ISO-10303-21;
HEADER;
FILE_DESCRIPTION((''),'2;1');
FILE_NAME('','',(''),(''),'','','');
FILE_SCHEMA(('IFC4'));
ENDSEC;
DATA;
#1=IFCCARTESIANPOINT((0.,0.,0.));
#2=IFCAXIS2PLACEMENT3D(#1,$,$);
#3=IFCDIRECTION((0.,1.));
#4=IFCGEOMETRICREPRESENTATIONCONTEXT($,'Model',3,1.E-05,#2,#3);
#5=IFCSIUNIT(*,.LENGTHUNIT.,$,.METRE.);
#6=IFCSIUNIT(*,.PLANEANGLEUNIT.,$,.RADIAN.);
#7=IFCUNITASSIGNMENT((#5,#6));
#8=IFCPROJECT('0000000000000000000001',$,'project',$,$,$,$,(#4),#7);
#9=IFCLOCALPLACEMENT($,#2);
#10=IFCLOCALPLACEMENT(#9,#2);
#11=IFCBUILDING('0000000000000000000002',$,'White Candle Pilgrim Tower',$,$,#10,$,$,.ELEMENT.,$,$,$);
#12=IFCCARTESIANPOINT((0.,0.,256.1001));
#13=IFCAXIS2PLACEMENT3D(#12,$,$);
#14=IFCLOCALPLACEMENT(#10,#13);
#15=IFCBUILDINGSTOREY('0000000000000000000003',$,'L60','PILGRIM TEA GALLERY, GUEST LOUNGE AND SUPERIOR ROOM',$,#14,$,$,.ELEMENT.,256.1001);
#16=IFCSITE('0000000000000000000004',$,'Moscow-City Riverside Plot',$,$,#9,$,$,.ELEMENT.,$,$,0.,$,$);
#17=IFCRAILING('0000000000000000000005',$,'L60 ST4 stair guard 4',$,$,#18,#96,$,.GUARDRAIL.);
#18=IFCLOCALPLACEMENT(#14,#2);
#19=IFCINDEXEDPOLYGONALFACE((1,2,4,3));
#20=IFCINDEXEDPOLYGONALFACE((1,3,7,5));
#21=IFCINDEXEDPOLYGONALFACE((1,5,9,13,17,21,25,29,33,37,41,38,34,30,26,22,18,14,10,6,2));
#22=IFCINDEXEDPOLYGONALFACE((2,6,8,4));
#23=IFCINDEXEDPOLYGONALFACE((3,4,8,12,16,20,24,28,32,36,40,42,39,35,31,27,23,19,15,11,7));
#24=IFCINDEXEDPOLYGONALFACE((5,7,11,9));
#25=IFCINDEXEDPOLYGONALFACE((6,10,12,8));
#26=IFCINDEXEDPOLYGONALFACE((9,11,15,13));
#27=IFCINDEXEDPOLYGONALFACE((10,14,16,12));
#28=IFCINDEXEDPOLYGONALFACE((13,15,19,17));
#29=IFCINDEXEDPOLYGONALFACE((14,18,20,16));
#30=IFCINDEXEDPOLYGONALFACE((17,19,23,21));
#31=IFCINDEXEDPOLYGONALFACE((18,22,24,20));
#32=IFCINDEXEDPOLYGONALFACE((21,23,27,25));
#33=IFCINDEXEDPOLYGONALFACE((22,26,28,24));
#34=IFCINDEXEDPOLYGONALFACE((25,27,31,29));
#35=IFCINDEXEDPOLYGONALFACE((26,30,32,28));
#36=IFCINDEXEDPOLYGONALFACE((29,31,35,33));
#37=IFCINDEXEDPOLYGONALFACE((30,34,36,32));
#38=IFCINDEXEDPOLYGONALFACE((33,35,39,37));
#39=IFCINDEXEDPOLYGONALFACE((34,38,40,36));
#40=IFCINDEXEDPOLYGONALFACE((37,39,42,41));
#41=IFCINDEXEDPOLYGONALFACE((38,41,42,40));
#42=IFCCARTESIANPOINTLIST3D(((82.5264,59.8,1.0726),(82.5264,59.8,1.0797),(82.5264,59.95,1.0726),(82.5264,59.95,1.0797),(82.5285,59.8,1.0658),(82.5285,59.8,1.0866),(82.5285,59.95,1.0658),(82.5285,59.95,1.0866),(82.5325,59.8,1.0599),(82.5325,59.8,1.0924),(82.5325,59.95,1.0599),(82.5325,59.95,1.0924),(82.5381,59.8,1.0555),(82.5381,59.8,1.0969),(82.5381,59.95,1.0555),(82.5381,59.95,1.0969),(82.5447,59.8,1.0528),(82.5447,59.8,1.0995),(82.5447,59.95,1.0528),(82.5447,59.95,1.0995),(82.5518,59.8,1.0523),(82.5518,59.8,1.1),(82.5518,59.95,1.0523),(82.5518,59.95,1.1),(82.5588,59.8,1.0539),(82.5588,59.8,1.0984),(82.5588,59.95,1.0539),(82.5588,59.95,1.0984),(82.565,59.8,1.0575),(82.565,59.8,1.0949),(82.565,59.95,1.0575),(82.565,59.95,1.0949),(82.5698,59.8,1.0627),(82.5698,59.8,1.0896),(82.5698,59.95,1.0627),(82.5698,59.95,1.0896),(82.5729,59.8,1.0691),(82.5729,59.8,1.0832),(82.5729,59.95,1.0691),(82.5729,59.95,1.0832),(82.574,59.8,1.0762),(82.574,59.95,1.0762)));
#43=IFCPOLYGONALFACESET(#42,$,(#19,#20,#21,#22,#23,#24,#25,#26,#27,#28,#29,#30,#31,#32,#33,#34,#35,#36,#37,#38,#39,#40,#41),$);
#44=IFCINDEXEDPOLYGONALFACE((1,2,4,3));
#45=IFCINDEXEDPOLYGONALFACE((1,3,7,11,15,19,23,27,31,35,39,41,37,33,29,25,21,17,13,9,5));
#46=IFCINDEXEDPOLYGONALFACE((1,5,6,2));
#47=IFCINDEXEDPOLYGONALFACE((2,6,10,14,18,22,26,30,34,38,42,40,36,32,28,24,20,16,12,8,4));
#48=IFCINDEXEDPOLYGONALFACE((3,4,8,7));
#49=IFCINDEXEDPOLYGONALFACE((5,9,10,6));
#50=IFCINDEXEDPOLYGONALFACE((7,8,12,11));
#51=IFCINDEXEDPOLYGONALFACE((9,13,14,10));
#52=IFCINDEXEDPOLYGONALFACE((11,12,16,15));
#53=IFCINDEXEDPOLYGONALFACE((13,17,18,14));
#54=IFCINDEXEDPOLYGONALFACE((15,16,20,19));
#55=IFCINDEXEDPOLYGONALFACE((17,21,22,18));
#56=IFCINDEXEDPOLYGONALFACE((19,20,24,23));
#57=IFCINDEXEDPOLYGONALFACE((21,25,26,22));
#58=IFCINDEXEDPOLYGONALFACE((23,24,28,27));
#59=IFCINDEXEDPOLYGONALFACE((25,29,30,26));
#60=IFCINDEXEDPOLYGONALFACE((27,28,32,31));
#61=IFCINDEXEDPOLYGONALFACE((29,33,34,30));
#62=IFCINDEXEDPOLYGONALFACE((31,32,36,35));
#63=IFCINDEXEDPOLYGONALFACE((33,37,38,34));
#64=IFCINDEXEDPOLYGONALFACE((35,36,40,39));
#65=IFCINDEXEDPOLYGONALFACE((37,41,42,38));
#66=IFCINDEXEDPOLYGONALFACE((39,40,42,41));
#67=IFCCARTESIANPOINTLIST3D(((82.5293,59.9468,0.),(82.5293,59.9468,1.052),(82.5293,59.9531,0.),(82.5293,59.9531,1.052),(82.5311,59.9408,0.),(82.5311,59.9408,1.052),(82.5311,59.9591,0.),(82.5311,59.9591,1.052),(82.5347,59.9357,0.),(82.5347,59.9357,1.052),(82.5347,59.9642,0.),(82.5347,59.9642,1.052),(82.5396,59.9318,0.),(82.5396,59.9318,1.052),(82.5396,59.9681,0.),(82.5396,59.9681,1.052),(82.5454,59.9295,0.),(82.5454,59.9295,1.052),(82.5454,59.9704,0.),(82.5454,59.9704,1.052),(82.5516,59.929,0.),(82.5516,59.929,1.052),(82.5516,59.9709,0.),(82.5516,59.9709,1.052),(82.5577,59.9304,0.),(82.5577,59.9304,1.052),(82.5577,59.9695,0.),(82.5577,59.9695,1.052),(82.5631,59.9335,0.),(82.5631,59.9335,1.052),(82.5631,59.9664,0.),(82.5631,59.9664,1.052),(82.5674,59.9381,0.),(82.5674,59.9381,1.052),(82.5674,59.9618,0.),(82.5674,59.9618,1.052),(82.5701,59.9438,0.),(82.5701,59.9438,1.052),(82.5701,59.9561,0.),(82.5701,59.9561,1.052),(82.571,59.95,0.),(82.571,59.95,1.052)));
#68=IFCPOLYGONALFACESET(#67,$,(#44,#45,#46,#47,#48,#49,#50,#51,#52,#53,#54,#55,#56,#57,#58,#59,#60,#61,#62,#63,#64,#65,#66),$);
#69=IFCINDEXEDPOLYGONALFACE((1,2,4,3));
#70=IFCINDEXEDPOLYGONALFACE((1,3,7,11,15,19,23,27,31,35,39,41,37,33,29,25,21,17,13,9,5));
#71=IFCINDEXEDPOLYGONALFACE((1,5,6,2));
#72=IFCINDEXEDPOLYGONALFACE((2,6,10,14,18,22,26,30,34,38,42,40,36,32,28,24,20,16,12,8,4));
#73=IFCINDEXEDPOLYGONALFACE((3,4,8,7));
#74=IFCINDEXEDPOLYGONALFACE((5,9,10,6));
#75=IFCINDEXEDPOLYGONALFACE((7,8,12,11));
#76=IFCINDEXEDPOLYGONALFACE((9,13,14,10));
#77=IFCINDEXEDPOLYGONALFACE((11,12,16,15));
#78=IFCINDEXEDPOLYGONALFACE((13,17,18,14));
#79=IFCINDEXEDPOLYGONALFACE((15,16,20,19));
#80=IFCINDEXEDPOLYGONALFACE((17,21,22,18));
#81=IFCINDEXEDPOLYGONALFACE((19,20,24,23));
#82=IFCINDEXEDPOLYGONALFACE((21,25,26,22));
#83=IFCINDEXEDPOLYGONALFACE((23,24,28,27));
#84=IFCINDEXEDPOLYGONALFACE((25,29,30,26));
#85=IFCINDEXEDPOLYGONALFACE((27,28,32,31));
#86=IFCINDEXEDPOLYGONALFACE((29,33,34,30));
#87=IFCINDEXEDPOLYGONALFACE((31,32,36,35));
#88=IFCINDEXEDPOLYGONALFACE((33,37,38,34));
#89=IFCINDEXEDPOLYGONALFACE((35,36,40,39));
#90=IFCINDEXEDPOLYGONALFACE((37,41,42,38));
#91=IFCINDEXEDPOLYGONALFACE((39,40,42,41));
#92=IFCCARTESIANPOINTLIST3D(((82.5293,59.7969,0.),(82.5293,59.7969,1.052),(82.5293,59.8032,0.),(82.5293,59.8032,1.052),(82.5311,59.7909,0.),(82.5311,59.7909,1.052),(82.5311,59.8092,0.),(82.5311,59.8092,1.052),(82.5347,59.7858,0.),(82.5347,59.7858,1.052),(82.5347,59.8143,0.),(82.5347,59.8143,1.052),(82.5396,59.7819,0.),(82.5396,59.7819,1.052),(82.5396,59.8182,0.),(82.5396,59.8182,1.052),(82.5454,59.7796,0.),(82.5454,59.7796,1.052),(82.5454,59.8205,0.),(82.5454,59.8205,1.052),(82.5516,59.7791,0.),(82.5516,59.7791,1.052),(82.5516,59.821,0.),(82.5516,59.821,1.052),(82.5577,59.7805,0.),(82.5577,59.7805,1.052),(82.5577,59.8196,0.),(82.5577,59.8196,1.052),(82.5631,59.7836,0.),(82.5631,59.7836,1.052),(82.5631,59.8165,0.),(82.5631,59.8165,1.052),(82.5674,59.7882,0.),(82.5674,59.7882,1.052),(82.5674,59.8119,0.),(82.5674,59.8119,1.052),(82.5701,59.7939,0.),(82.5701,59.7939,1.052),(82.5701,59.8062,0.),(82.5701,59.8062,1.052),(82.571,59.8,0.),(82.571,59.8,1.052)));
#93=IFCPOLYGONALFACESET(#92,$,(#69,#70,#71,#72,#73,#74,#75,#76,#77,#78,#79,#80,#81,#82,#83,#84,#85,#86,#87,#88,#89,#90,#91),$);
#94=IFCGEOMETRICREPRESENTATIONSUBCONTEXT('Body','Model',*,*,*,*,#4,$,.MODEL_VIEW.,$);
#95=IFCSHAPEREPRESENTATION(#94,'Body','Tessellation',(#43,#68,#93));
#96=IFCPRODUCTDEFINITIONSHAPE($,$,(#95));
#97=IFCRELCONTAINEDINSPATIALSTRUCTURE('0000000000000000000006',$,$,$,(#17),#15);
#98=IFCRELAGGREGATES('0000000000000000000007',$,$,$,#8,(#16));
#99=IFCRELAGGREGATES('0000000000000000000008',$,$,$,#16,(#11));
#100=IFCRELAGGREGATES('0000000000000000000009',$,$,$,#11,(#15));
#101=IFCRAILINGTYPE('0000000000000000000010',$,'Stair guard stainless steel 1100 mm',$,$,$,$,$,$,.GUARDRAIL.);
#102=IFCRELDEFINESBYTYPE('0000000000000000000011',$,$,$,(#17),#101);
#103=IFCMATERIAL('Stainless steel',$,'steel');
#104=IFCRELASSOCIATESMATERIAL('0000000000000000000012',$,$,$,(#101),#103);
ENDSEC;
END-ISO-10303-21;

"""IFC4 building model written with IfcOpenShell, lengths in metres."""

from ifc_helpers import new_model, si_unit, direction, frame, origin, origin_2d, place, context, subcontext, project, spatial, circle, extrude, material, type_object, element, save


model = new_model("IFC4")

# Units and contexts
model_context = context("Model", 3, precision=1e-05, world=origin(), true_north=direction((0.0, 1.0)))
body_context = subcontext(model_context, "Body", "Model", "MODEL_VIEW")
ifc_project = project(units=[si_unit("LENGTHUNIT", "METRE"), si_unit("PLANEANGLEUNIT", "RADIAN")], contexts=[model_context])

# Site, building, storey
site_placement = place(None, origin())
site = spatial("IfcSite", under=ifc_project, at=site_placement, Name="Moscow-City Riverside Plot", CompositionType="ELEMENT", RefElevation=0.0)
building_placement = place(site_placement, origin())
building = spatial("IfcBuilding", under=site, at=building_placement, Name="White Candle Pilgrim Tower", CompositionType="ELEMENT")
storey_placement = place(building_placement, frame((0.0, 0.0, 256.1001)))
storey = spatial("IfcBuildingStorey", under=building, at=storey_placement, Name="L60", Description="PILGRIM TEA GALLERY, GUEST LOUNGE AND SUPERIOR ROOM", CompositionType="ELEMENT", Elevation=256.1001)

# Railing
ifc_material_1 = material(Name="Stainless steel", Category="steel")
railing_type_1 = type_object("IfcRailingType", Name="Stair guard stainless steel 1100 mm", PredefinedType="GUARDRAIL", material=ifc_material_1)
railing_1_placement = place(storey_placement, frame((82.55, 59.95, 0.0)))
element("IfcRailing", 1, at=railing_1_placement, inside=storey, type_object=railing_type_1, Name="L60 ST4 stair guard 4", PredefinedType="GUARDRAIL", context=body_context, shape_type="SweptSolid", body=[
    extrude(circle(Radius=0.0239, at=origin_2d()), frame((0.0, 0.0, 1.0762), z_axis=(0.0, -1.0, 0.0), x_axis=(1.0, 0.0, 0.0)), (0.0, 0.0, 1.0), 0.1499),
    extrude(circle(Radius=0.021, at=origin_2d()), origin(), (0.0, 0.0, 1.0), 1.052),
    extrude(circle(Radius=0.021, at=origin_2d()), frame((0.0, -0.1499, 0.0)), (0.0, 0.0, 1.0), 1.052),
])

save(model, "model.ifc")
